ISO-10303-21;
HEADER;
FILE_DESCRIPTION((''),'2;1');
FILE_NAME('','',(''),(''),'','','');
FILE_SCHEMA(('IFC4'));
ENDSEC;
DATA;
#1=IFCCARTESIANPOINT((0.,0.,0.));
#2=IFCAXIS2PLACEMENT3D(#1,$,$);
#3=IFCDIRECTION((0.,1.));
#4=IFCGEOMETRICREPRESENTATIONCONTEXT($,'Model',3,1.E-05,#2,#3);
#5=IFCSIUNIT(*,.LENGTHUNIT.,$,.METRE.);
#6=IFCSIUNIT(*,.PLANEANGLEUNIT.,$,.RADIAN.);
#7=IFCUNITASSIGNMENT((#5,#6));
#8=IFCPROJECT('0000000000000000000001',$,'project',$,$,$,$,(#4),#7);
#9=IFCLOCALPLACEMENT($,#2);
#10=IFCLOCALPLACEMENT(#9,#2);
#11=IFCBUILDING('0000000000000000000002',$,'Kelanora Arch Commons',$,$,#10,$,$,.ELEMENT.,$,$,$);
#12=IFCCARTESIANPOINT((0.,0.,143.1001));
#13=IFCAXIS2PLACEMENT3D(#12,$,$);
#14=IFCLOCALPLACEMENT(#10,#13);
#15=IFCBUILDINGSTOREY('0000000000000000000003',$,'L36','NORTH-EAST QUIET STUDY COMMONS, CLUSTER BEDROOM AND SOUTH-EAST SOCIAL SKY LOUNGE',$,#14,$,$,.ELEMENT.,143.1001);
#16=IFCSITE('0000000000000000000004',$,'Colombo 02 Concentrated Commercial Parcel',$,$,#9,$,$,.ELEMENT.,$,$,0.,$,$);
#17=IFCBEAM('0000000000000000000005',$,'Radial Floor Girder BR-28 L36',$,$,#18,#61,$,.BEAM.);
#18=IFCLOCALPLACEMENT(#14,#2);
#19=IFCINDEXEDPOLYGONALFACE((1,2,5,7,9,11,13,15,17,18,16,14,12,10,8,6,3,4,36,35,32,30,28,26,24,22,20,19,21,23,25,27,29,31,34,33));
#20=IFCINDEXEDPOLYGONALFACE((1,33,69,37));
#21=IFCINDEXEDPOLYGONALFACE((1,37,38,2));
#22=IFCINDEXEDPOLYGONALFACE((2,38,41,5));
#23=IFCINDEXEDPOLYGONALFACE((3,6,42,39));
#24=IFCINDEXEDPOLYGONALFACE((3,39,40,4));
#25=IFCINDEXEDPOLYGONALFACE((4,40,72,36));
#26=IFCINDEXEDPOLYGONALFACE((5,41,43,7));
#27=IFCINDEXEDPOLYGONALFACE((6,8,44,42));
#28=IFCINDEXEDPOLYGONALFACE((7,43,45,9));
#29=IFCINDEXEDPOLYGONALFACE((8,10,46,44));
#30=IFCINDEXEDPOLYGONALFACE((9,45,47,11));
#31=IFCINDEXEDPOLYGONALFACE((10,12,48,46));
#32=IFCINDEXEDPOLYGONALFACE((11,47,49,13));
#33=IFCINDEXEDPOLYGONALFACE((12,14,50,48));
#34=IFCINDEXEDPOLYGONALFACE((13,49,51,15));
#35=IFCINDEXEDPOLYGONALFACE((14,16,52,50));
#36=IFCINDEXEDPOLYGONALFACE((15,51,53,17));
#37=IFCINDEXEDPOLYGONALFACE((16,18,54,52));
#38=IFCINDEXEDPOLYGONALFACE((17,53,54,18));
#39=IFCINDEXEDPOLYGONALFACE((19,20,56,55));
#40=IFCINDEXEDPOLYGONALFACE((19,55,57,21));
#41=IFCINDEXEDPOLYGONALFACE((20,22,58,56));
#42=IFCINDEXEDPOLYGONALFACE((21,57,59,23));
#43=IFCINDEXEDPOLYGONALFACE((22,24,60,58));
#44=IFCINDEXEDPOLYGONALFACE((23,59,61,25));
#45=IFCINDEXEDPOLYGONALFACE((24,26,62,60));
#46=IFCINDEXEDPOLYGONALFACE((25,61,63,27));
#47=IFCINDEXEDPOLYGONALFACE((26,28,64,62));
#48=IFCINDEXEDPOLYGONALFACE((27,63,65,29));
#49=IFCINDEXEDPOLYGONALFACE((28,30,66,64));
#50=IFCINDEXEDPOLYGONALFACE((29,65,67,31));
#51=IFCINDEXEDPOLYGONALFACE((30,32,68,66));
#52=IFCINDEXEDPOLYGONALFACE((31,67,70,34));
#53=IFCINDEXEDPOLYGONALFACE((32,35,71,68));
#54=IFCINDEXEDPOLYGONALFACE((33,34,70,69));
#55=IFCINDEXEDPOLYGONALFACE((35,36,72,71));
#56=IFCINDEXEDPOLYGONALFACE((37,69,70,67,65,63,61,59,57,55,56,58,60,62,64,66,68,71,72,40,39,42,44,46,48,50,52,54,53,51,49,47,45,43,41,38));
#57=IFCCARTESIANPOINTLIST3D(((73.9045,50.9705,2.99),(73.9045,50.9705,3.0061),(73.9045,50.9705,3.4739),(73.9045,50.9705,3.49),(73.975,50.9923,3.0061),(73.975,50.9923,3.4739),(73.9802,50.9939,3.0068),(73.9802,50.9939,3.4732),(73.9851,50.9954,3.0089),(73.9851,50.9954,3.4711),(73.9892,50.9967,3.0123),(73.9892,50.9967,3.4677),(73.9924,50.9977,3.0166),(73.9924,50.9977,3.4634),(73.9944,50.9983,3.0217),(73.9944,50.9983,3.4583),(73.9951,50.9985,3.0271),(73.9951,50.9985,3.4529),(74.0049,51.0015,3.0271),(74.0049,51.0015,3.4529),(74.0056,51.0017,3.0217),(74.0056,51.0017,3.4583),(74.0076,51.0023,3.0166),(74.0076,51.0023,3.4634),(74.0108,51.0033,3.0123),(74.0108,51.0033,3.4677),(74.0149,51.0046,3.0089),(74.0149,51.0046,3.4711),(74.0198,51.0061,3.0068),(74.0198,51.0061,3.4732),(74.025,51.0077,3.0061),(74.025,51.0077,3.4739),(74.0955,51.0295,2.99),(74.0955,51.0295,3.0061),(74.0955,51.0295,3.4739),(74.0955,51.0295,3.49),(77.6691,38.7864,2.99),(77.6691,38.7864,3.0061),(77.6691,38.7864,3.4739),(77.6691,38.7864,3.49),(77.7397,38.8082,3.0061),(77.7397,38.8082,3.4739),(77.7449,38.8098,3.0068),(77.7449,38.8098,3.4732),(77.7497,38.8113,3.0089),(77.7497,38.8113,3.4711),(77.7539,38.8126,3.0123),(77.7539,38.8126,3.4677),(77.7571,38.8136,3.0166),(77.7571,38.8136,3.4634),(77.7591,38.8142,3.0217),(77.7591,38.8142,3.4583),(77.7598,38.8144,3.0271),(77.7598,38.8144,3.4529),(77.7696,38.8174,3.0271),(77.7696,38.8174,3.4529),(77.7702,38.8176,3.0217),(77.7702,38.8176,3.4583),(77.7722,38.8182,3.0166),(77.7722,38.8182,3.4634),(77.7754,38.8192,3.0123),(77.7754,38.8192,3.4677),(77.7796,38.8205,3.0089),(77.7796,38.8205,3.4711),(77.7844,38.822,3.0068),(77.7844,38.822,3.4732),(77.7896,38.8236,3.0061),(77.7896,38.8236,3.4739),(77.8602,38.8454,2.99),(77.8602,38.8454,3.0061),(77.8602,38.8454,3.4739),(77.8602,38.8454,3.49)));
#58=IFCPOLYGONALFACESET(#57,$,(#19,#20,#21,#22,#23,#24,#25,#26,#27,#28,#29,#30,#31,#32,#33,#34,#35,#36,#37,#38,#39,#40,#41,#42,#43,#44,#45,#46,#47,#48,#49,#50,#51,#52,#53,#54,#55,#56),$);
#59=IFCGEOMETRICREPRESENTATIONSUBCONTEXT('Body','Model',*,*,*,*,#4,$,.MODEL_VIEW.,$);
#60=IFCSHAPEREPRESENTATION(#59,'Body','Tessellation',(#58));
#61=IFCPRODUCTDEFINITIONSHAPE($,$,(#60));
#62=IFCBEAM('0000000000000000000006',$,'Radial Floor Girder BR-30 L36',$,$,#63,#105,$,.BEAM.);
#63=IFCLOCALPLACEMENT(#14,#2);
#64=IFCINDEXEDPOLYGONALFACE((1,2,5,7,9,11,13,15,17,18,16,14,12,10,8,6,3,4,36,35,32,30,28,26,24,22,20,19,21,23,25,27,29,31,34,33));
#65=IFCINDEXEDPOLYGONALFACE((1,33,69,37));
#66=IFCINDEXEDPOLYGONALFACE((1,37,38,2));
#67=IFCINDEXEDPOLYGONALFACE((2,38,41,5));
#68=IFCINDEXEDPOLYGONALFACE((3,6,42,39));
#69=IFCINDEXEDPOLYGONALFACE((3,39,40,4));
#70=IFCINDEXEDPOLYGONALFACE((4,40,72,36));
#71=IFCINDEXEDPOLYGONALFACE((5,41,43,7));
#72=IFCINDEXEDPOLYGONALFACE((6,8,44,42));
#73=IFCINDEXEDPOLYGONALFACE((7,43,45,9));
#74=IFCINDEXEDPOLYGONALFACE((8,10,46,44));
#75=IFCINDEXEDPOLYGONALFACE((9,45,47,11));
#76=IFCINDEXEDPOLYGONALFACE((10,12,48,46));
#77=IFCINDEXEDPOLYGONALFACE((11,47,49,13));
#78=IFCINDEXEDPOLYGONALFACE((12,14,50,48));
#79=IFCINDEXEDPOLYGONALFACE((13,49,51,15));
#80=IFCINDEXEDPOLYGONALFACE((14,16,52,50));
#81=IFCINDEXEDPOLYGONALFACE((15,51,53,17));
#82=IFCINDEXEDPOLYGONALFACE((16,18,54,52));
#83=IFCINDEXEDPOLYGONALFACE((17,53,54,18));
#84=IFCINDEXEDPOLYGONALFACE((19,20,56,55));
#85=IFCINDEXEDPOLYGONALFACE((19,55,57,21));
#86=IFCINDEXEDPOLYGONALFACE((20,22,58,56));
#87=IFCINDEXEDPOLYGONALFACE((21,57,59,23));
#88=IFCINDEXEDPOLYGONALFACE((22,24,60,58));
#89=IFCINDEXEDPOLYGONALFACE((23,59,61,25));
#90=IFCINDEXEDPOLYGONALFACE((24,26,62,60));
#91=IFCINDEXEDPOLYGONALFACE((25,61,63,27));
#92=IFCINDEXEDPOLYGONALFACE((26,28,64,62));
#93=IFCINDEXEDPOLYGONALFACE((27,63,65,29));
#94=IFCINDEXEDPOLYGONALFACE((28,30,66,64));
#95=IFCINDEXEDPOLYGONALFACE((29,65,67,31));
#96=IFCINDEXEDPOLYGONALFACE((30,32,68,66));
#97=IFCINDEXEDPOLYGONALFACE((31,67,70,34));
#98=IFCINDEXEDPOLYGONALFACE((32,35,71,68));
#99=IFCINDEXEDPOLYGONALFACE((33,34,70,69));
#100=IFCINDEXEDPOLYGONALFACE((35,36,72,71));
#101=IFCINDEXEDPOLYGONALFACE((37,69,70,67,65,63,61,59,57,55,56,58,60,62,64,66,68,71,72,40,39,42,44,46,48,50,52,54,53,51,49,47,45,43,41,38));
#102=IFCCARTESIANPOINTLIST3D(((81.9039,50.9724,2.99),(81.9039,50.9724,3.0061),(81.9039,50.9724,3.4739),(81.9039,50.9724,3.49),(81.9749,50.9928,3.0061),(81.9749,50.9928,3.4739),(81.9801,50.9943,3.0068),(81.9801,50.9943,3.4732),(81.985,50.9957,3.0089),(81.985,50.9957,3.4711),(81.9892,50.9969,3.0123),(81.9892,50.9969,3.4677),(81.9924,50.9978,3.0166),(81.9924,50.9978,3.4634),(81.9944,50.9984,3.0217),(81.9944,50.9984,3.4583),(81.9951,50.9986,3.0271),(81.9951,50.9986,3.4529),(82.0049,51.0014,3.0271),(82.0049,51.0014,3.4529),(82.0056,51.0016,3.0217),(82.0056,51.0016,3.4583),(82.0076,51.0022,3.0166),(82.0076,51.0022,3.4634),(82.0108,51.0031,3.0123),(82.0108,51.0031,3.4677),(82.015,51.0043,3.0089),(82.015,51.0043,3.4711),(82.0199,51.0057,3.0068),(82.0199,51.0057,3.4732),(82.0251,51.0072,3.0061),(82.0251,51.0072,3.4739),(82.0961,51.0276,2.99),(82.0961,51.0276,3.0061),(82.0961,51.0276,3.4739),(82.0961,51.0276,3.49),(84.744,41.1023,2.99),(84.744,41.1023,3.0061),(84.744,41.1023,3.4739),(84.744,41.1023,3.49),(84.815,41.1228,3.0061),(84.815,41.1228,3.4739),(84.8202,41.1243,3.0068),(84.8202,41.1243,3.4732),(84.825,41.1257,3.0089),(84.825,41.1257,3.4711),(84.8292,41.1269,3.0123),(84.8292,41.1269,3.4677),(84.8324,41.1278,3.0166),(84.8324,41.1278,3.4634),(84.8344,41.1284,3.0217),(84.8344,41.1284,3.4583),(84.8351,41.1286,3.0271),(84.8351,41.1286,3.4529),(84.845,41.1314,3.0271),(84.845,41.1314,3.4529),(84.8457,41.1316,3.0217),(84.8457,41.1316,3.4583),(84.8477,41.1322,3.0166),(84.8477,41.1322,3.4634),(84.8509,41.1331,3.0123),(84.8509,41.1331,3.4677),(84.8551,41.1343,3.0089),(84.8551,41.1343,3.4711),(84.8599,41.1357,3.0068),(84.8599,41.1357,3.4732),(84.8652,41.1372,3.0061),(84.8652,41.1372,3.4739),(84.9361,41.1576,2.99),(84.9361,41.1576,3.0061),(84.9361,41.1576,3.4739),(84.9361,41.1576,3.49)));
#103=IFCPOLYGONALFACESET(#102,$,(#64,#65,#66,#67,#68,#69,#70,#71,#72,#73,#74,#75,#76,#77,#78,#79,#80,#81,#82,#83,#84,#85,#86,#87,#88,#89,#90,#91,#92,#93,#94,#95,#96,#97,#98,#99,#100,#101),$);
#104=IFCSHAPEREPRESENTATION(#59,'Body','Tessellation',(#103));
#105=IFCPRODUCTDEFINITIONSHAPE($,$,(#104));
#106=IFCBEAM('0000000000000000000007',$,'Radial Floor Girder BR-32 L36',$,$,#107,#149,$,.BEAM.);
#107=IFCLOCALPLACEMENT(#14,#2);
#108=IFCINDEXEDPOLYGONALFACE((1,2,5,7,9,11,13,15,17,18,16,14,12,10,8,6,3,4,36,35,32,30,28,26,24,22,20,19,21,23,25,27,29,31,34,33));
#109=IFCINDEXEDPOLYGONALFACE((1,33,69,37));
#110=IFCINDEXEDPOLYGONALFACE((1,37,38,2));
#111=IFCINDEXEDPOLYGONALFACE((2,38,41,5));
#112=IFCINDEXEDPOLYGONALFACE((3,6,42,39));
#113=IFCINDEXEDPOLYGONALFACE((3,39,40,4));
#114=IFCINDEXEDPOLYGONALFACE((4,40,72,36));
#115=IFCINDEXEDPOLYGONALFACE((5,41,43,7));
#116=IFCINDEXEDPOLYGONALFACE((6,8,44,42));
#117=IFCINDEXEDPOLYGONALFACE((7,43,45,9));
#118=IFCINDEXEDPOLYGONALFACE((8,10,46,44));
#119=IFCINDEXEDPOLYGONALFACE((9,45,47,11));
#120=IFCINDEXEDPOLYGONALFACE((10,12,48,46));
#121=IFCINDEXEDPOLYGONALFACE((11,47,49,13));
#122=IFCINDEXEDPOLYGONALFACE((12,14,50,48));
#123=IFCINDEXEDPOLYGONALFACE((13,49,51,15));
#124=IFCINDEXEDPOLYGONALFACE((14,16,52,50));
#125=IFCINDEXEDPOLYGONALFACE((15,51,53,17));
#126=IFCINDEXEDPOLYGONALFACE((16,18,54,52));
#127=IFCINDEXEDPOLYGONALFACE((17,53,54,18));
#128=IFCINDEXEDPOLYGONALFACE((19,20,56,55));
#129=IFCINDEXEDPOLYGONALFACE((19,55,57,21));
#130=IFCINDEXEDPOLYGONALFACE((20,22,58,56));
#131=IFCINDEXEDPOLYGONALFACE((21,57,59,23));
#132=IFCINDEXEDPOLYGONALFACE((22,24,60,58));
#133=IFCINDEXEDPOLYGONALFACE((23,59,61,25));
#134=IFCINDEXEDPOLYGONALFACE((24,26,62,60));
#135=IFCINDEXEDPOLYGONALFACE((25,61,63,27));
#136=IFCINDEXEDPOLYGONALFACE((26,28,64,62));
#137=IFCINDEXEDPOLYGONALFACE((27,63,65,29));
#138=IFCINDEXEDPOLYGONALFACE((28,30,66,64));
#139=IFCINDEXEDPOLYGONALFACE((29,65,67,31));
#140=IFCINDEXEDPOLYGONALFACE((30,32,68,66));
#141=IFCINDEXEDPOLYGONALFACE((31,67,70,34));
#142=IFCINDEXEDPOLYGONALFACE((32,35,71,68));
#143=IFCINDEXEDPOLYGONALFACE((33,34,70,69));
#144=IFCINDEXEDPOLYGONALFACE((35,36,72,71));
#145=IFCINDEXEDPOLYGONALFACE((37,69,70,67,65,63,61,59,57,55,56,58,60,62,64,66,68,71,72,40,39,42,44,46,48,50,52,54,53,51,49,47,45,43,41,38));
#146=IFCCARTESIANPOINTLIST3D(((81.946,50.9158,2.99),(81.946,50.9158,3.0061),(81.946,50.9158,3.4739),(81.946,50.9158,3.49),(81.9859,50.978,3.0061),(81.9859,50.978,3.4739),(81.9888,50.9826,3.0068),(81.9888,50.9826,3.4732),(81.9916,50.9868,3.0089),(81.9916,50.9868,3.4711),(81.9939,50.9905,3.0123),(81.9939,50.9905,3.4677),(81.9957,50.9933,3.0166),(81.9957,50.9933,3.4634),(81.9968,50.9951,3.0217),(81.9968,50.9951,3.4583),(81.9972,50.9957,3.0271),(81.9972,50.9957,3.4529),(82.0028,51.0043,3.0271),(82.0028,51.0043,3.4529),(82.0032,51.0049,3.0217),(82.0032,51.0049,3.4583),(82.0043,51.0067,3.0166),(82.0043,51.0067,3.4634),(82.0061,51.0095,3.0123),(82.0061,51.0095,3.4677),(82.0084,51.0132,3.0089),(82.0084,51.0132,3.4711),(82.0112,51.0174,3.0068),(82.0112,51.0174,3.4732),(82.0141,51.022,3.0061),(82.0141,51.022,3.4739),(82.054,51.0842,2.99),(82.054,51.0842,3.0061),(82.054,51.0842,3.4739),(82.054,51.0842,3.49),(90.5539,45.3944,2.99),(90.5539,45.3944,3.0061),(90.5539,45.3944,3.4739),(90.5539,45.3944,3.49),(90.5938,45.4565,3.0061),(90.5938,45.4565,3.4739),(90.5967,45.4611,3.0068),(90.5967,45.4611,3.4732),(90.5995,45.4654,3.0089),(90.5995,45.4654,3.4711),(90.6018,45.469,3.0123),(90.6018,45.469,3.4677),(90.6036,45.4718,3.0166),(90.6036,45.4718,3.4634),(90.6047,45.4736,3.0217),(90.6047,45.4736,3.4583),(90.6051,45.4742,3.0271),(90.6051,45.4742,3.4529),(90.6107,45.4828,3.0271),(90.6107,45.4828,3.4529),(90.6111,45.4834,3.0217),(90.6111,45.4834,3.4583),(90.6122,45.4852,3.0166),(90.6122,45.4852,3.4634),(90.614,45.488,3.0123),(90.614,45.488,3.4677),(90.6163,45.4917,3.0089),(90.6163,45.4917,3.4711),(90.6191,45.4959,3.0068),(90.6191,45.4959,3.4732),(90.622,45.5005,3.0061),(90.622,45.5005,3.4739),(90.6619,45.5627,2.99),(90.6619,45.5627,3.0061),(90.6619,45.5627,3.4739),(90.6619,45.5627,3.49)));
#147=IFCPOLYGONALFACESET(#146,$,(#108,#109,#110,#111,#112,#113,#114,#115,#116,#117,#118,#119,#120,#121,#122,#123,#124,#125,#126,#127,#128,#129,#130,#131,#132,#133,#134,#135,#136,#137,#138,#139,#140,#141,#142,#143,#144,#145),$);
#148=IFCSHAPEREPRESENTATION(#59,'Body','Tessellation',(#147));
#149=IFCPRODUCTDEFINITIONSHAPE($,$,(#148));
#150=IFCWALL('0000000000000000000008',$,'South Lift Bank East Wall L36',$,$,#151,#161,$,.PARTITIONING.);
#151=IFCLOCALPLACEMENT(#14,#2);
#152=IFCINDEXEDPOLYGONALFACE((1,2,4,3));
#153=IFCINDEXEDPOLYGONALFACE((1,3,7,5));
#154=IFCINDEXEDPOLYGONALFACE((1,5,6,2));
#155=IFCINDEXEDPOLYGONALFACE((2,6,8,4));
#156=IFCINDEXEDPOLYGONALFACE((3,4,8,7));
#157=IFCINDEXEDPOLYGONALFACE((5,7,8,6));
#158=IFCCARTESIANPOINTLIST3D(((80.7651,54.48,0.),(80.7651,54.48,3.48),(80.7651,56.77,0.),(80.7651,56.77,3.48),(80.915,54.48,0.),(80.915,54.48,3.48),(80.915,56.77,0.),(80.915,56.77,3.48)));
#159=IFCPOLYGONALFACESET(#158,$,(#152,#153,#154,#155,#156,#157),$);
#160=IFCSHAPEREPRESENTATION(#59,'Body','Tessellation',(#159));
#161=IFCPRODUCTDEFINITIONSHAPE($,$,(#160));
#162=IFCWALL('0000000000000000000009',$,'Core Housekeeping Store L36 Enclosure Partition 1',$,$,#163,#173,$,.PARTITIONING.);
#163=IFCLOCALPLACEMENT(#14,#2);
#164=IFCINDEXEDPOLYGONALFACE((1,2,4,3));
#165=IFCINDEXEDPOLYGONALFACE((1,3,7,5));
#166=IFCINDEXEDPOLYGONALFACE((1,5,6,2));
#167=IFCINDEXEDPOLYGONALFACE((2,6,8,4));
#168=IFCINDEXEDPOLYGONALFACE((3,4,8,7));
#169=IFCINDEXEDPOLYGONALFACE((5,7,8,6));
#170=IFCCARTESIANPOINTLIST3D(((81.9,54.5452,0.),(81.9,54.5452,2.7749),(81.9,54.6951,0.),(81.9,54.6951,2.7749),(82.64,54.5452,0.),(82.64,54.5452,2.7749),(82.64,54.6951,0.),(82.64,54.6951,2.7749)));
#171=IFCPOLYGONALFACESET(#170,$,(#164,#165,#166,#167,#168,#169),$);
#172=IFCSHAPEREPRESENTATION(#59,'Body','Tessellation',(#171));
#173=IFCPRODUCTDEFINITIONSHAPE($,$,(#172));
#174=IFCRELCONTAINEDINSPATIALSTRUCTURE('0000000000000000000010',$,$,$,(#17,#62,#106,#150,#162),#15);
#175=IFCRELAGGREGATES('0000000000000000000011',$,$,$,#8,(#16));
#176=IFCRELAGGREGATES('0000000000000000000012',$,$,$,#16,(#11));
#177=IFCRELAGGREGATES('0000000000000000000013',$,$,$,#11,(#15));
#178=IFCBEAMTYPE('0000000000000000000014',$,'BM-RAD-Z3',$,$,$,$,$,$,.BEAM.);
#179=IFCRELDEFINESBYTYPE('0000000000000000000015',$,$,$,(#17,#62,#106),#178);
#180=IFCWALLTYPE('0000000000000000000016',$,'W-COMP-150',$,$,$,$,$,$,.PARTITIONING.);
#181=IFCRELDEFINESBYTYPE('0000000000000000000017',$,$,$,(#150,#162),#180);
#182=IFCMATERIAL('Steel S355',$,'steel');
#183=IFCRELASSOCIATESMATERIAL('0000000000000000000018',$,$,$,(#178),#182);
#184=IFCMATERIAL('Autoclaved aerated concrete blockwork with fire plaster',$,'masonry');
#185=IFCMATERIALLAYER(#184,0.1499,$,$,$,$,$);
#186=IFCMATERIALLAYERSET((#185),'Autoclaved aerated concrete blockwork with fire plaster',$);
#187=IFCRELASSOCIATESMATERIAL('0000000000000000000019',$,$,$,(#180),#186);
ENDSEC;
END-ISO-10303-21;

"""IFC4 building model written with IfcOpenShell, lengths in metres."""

from ifc_helpers import new_model, si_unit, direction, frame, frame_2d, origin, origin_2d, place, context, subcontext, project, spatial, rectangle, i_section, extrude, material, layer, layer_set, material_profile, profile_set, type_object, element, save


model = new_model("IFC4")

# Units and contexts
model_context = context("Model", 3, precision=1e-05, world=origin(), true_north=direction((0.0, 1.0)))
body_context = subcontext(model_context, "Body", "Model", "MODEL_VIEW")
ifc_project = project(units=[si_unit("LENGTHUNIT", "METRE"), si_unit("PLANEANGLEUNIT", "RADIAN")], contexts=[model_context])

# Site, building, storey
site_placement = place(None, origin())
site = spatial("IfcSite", under=ifc_project, at=site_placement, Name="Colombo 02 Concentrated Commercial Parcel", CompositionType="ELEMENT", RefElevation=0.0)
building_placement = place(site_placement, origin())
building = spatial("IfcBuilding", under=site, at=building_placement, Name="Kelanora Arch Commons", CompositionType="ELEMENT")
storey_placement = place(building_placement, frame((0.0, 0.0, 143.1001)))
storey = spatial("IfcBuildingStorey", under=building, at=storey_placement, Name="L36", Description="NORTH-EAST QUIET STUDY COMMONS, CLUSTER BEDROOM AND SOUTH-EAST SOCIAL SKY LOUNGE", CompositionType="ELEMENT", Elevation=143.1001)

# Beams
ifc_material_1 = material(Name="Steel S355", Category="steel")
ifc_material_profile_1 = material_profile(ifc_material_1, i_section(OverallWidth=0.2, OverallDepth=0.5, WebThickness=0.0103, FlangeThickness=0.0161, FilletRadius=0.021, at=origin_2d()), Name="IPE500")
ifc_profile_set_1 = profile_set([ifc_material_profile_1], Name="Steel S355")
beam_type_1 = type_object("IfcBeamType", Name="BM-RAD-Z3", PredefinedType="BEAM", material=ifc_profile_set_1)
for number, where, z_axis, x_axis, name in (
    (1, (74.0, 51.0, 3.24), (0.29521, -0.955432, 0.0), (0.955432, 0.29521, 0.0), "Radial Floor Girder BR-28 L36"),
):
    element("IfcBeam", number, at=place(storey_placement, frame(where, z_axis=z_axis, x_axis=x_axis)), inside=storey, type_object=beam_type_1, Name=name, PredefinedType="BEAM", context=body_context, shape_type="SweptSolid", body=[
        extrude(i_section(OverallWidth=0.2, OverallDepth=0.5, WebThickness=0.0103, FlangeThickness=0.0161, FilletRadius=0.021, at=origin_2d()), origin(), (0.0, 0.0, 1.0), 12.7524),
    ])
beam_1_placement = place(storey_placement, frame((82.0, 51.0, 3.24), z_axis=(0.276526, -0.961006, 0.0), x_axis=(0.961006, 0.276526, 0.0)))
element("IfcBeam", 2, at=beam_1_placement, inside=storey, type_object=beam_type_1, Name="Radial Floor Girder BR-30 L36", PredefinedType="BEAM", context=body_context, shape_type="SweptSolid", body=[
    extrude(i_section(OverallWidth=0.2, OverallDepth=0.5, WebThickness=0.0103, FlangeThickness=0.0161, FilletRadius=0.021, at=origin_2d()), origin(), (0.0, 0.0, 1.0), 10.2705),
])
beam_2_placement = place(storey_placement, frame((82.0, 51.0, 3.24), z_axis=(0.841719, -0.539915, 0.0), x_axis=(0.539915, 0.841719, 0.0)))
element("IfcBeam", 3, at=beam_2_placement, inside=storey, type_object=beam_type_1, Name="Radial Floor Girder BR-32 L36", PredefinedType="BEAM", context=body_context, shape_type="SweptSolid", body=[
    extrude(i_section(OverallWidth=0.2, OverallDepth=0.5, WebThickness=0.0103, FlangeThickness=0.0161, FilletRadius=0.021, at=origin_2d()), origin(), (0.0, 0.0, 1.0), 10.2266),
])

# Walls
ifc_material_2 = material(Name="Autoclaved aerated concrete blockwork with fire plaster", Category="masonry")
ifc_layer_1 = layer(ifc_material_2, 0.1499)
ifc_layer_set_1 = layer_set([ifc_layer_1], Name="Autoclaved aerated concrete blockwork with fire plaster")
wall_type_1 = type_object("IfcWallType", Name="W-COMP-150", PredefinedType="PARTITIONING", material=ifc_layer_set_1)
wall_1_placement = place(storey_placement, frame((80.8401, 54.48, 0.0), z_axis=(0.0, 0.0, 1.0), x_axis=(0.0, 1.0, 0.0)))
element("IfcWall", 4, at=wall_1_placement, inside=storey, type_object=wall_type_1, Name="South Lift Bank East Wall L36", PredefinedType="PARTITIONING", context=body_context, shape_type="SweptSolid", body=[
    extrude(rectangle(XDim=2.29, YDim=0.1499, at=frame_2d((1.145, 0.0))), origin(), (0.0, 0.0, 1.0), 3.48),
])
wall_2_placement = place(storey_placement, frame((81.8999, 54.6201, 0.0), z_axis=(0.0, 0.0, 1.0), x_axis=(1.0, 0.0, 0.0)))
element("IfcWall", 5, at=wall_2_placement, inside=storey, type_object=wall_type_1, Name="Core Housekeeping Store L36 Enclosure Partition 1", PredefinedType="PARTITIONING", context=body_context, shape_type="SweptSolid", body=[
    extrude(rectangle(XDim=0.74, YDim=0.1499, at=frame_2d((0.3701, 0.0))), origin(), (0.0, 0.0, 1.0), 2.7749),
])

save(model, "model.ifc")
